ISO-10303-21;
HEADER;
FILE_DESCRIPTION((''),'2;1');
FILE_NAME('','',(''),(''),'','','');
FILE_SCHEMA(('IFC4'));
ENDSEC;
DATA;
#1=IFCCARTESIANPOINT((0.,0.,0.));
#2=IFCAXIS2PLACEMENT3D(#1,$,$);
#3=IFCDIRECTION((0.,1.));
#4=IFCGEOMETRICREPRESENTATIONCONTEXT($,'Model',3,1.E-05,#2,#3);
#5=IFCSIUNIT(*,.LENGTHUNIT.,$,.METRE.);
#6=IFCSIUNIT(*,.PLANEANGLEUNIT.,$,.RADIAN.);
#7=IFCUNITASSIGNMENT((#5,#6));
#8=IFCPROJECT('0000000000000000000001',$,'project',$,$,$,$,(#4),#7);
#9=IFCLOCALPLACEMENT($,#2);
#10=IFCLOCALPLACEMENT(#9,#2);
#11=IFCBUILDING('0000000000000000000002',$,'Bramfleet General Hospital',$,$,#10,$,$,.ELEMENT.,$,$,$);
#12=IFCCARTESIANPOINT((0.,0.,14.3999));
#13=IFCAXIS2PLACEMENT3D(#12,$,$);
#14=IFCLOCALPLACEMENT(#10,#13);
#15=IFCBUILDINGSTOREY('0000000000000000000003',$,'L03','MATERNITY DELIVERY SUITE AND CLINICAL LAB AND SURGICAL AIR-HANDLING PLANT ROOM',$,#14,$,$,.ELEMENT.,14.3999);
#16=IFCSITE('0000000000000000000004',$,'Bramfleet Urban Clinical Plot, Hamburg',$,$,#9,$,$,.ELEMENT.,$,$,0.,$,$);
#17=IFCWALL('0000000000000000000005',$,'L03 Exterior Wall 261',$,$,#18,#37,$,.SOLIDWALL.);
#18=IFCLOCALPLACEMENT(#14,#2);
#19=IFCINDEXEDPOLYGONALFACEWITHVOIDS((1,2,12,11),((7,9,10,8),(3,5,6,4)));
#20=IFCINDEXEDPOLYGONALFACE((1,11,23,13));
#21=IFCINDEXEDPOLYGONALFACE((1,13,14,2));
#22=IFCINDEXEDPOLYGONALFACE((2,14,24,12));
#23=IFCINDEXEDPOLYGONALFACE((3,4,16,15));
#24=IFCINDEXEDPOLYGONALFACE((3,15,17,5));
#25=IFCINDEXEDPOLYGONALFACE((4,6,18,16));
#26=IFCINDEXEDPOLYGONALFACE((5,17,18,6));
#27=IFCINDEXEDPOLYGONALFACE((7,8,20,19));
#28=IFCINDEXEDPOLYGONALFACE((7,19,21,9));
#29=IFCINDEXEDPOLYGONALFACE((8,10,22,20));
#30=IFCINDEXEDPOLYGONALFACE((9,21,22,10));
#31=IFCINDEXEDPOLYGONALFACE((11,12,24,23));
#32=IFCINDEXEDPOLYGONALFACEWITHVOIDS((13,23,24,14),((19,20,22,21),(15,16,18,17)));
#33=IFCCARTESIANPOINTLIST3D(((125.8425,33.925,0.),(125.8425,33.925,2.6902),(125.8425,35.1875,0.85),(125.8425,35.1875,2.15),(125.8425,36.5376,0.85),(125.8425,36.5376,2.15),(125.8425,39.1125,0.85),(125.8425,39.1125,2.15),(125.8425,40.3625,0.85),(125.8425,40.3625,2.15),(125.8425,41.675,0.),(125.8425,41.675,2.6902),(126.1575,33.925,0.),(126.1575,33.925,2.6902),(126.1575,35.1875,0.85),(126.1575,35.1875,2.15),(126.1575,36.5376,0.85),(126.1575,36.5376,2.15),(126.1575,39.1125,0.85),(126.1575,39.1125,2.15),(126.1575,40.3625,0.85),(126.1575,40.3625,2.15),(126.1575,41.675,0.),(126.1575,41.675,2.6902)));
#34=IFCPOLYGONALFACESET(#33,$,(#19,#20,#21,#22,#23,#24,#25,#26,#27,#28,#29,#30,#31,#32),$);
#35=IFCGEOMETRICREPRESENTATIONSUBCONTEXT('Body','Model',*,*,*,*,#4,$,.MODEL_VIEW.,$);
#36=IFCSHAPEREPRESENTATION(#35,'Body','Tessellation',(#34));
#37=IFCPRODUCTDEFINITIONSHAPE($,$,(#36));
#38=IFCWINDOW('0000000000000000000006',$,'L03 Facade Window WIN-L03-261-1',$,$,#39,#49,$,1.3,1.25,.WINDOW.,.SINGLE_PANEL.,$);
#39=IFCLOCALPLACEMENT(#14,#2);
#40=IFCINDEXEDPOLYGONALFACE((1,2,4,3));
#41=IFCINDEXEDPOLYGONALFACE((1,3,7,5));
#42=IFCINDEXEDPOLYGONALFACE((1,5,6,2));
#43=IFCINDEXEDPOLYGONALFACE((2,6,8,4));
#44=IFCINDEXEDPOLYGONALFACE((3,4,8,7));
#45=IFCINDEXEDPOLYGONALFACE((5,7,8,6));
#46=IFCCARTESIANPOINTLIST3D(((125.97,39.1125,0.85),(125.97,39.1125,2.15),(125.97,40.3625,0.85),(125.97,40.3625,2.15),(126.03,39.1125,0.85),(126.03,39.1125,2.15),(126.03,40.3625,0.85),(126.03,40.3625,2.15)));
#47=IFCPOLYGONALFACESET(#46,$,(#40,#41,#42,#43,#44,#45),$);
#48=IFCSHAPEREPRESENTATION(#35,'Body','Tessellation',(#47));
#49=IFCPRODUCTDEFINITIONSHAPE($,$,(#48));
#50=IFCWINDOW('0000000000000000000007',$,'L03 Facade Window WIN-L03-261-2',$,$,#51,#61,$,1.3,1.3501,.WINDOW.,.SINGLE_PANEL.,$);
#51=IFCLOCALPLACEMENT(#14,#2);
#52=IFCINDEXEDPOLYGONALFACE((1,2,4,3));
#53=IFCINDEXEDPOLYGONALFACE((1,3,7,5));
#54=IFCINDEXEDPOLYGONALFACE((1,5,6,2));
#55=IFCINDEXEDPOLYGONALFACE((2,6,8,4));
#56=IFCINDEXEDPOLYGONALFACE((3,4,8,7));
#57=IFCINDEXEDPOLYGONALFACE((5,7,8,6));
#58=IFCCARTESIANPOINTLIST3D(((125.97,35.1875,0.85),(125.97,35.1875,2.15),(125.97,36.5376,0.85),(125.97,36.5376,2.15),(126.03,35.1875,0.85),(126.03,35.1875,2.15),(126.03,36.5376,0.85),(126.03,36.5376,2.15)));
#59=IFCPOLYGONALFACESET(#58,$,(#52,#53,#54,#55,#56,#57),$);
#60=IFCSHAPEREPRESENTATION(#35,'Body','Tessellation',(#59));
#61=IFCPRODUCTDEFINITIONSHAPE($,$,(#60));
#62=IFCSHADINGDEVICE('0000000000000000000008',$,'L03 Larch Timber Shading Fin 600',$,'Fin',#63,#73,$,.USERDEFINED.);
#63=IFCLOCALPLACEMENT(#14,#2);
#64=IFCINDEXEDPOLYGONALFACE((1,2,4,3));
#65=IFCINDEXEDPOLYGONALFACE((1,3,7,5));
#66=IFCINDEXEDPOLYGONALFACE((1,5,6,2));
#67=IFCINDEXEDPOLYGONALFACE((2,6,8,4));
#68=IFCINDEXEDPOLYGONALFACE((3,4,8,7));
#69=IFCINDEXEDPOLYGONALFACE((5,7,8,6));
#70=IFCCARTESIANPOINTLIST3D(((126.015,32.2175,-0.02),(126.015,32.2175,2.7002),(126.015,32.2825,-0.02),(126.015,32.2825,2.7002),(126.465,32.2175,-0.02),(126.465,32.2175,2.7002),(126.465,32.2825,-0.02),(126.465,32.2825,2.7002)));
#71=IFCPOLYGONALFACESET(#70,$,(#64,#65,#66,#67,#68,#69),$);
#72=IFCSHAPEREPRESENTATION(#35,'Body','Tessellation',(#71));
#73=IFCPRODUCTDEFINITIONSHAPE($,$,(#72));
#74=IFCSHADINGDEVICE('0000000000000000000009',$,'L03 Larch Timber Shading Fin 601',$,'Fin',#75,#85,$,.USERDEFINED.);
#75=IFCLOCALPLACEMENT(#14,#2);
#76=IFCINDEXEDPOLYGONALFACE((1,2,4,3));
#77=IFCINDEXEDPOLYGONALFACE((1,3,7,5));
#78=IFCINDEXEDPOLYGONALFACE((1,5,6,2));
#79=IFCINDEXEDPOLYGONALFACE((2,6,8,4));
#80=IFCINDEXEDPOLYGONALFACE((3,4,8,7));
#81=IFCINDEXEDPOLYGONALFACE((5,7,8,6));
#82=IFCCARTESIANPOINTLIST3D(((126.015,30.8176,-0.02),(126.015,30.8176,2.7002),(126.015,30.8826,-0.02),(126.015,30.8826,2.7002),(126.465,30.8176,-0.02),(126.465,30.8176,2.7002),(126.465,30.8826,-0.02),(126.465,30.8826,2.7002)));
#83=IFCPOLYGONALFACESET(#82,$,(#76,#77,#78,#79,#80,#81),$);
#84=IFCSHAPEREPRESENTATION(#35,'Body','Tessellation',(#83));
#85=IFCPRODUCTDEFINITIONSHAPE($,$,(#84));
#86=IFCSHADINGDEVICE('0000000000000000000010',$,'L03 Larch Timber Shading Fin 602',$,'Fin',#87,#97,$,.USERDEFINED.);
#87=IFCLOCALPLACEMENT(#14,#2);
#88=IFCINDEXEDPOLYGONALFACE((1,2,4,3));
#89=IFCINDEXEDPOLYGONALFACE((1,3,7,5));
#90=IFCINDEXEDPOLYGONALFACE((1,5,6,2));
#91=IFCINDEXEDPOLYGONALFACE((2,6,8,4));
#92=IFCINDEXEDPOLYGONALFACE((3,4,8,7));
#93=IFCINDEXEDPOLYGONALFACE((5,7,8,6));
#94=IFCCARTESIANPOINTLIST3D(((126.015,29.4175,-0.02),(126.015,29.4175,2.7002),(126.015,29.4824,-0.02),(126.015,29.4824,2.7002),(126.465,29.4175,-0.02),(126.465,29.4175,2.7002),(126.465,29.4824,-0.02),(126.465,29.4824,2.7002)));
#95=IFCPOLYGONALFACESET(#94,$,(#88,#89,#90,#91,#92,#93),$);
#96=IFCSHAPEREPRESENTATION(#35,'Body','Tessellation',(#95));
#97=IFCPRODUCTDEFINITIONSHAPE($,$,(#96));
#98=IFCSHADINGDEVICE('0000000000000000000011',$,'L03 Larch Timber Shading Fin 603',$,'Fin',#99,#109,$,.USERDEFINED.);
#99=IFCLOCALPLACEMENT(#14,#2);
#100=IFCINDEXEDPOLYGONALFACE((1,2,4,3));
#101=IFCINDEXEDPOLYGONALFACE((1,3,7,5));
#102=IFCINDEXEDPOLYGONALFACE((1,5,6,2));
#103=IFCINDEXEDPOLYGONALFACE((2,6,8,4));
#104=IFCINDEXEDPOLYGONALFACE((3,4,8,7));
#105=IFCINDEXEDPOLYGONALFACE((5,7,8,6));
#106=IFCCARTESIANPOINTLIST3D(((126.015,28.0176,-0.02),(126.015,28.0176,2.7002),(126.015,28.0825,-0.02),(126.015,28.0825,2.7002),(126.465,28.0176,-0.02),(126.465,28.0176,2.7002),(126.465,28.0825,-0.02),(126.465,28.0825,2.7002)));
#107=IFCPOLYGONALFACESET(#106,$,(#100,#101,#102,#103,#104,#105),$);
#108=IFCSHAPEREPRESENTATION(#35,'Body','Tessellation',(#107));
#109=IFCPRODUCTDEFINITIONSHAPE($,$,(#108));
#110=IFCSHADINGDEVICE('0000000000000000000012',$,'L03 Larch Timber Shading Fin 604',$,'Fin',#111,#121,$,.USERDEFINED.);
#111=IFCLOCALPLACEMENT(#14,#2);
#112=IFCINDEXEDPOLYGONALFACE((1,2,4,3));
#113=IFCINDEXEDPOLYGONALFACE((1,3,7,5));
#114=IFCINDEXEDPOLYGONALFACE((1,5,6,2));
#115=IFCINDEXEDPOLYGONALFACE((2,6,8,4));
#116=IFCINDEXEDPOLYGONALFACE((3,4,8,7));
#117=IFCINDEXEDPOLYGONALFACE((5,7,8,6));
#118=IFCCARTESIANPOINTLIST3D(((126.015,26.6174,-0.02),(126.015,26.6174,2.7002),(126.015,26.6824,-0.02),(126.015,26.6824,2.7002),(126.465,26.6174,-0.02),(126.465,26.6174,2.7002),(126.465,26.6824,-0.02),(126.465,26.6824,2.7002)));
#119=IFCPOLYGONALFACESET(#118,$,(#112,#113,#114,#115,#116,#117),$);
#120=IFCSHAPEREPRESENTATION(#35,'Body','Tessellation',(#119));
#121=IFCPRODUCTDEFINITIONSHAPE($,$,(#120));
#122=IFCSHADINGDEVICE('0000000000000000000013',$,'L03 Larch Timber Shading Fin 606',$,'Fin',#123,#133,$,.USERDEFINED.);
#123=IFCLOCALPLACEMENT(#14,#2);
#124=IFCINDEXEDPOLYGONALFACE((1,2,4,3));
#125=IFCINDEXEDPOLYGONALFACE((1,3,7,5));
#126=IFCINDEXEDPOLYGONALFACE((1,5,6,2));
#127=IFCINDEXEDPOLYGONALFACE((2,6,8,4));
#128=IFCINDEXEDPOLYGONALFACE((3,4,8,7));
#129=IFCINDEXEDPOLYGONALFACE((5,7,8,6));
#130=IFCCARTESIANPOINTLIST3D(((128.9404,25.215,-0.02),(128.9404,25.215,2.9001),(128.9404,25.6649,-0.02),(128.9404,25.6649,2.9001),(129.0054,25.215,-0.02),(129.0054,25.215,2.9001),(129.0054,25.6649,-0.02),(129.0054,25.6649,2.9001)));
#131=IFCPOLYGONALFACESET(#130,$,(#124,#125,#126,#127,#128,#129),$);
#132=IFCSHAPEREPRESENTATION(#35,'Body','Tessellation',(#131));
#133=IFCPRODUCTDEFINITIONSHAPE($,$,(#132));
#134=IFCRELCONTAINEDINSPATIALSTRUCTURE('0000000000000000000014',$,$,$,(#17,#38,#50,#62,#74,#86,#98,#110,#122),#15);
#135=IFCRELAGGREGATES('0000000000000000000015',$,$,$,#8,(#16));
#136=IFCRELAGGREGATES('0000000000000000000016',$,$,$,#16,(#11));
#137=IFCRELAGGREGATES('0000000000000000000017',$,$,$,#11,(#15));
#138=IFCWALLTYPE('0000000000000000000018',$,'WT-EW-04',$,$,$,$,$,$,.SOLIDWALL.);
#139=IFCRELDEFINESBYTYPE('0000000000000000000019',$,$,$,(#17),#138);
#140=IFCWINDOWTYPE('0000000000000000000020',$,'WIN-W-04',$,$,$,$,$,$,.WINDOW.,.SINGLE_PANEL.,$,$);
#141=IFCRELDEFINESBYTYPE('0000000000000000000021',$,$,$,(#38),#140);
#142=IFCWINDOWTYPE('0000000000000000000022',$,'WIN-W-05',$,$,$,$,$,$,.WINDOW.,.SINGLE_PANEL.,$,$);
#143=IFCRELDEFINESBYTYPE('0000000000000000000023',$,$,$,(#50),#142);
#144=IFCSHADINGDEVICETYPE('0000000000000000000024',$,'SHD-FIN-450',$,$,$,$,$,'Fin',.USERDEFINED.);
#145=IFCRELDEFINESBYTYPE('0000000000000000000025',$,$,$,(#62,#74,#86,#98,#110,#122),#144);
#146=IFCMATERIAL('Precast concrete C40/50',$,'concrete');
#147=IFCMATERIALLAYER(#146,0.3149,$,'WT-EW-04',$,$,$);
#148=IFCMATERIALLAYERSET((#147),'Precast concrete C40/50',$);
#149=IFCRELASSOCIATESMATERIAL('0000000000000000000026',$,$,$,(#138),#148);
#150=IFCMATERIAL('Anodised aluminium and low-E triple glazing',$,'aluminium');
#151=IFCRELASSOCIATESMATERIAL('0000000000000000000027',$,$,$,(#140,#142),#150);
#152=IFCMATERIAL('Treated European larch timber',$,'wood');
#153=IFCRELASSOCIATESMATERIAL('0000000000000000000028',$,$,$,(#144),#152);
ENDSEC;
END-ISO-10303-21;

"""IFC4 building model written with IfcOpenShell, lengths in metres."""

from ifc_helpers import new_model, si_unit, direction, frame, frame_2d, origin, origin_2d, place, context, subcontext, project, spatial, rectangle, extrude, material, layer, layer_set, material_profile, profile_set, type_object, element, fill, save


model = new_model("IFC4")

# Units and contexts
model_context = context("Model", 3, precision=1e-05, world=origin(), true_north=direction((0.0, 1.0)))
body_context = subcontext(model_context, "Body", "Model", "MODEL_VIEW")
ifc_project = project(units=[si_unit("LENGTHUNIT", "METRE"), si_unit("PLANEANGLEUNIT", "RADIAN")], contexts=[model_context])

# Site, building, storey
site_placement = place(None, origin())
site = spatial("IfcSite", under=ifc_project, at=site_placement, Name="Bramfleet Urban Clinical Plot, Hamburg", CompositionType="ELEMENT", RefElevation=0.0)
building_placement = place(site_placement, origin())
building = spatial("IfcBuilding", under=site, at=building_placement, Name="Bramfleet General Hospital", CompositionType="ELEMENT")
storey_placement = place(building_placement, frame((0.0, 0.0, 14.3999)))
storey = spatial("IfcBuildingStorey", under=building, at=storey_placement, Name="L03", Description="MATERNITY DELIVERY SUITE AND CLINICAL LAB AND SURGICAL AIR-HANDLING PLANT ROOM", CompositionType="ELEMENT", Elevation=14.3999)

# Shared definitions
ifc_material_1 = material(Name="Anodised aluminium and low-E triple glazing", Category="aluminium")

# Wall, openings, windows
ifc_material_2 = material(Name="Precast concrete C40/50", Category="concrete")
ifc_layer_1 = layer(ifc_material_2, 0.3149, Name="WT-EW-04")
ifc_layer_set_1 = layer_set([ifc_layer_1], Name="Precast concrete C40/50")
wall_type = type_object("IfcWallType", Name="WT-EW-04", PredefinedType="SOLIDWALL", material=ifc_layer_set_1)
wall_placement = place(storey_placement, frame((126.0, 41.675, 0.0), z_axis=(0.0, 0.0, 1.0), x_axis=(0.0, -1.0, 0.0)))
wall = element("IfcWall", 1, at=wall_placement, inside=storey, type_object=wall_type, Name="L03 Exterior Wall 261", PredefinedType="SOLIDWALL", context=body_context, shape_type="SweptSolid", body=[
    extrude(rectangle(XDim=7.75, YDim=0.3149, at=frame_2d((3.875, 0.0))), origin(), (0.0, 0.0, 1.0), 2.6902),
])
opening_1_placement = place(wall_placement, frame((1.3125, 0.0, 0.8501)))
opening_1 = element("IfcOpeningElement", 2, at=opening_1_placement, cuts=wall, PredefinedType="OPENING", context=body_context, shape_type="SweptSolid", body=[
    extrude(rectangle(XDim=1.25, YDim=1.3, at=frame_2d((0.625, 0.6499))), frame((0.0, 0.1675, 0.0), z_axis=(0.0, -1.0, 0.0), x_axis=(1.0, 0.0, 0.0)), (0.0, 0.0, 1.0), 0.335),
])
opening_2_placement = place(wall_placement, frame((5.1375, 0.0, 0.8501)))
opening_2 = element("IfcOpeningElement", 3, at=opening_2_placement, cuts=wall, PredefinedType="OPENING", context=body_context, shape_type="SweptSolid", body=[
    extrude(rectangle(XDim=1.3501, YDim=1.3, at=frame_2d((0.675, 0.6499))), frame((0.0, 0.1675, 0.0), z_axis=(0.0, -1.0, 0.0), x_axis=(1.0, 0.0, 0.0)), (0.0, 0.0, 1.0), 0.335),
])
window_type_1 = type_object("IfcWindowType", Name="WIN-W-04", PartitioningType="SINGLE_PANEL", PredefinedType="WINDOW", material=ifc_material_1)
window_1_placement = place(opening_1_placement, origin())
window_1 = element("IfcWindow", 4, at=window_1_placement, inside=storey, type_object=window_type_1, Name="L03 Facade Window WIN-L03-261-1", OverallHeight=1.3, OverallWidth=1.25, PartitioningType="SINGLE_PANEL", PredefinedType="WINDOW", context=body_context, shape_type="SweptSolid", body=[
    extrude(rectangle(XDim=1.25, YDim=1.3, at=frame_2d((0.625, 0.6499))), frame((0.0, 0.03, 0.0), z_axis=(0.0, -1.0, 0.0), x_axis=(1.0, 0.0, 0.0)), (0.0, 0.0, 1.0), 0.0601),
])
fill(opening_1, window_1)
window_type_2 = type_object("IfcWindowType", Name="WIN-W-05", PartitioningType="SINGLE_PANEL", PredefinedType="WINDOW", material=ifc_material_1)
window_2_placement = place(opening_2_placement, origin())
window_2 = element("IfcWindow", 5, at=window_2_placement, inside=storey, type_object=window_type_2, Name="L03 Facade Window WIN-L03-261-2", OverallHeight=1.3, OverallWidth=1.3501, PartitioningType="SINGLE_PANEL", PredefinedType="WINDOW", context=body_context, shape_type="SweptSolid", body=[
    extrude(rectangle(XDim=1.3501, YDim=1.3, at=frame_2d((0.675, 0.6499))), frame((0.0, 0.03, 0.0), z_axis=(0.0, -1.0, 0.0), x_axis=(1.0, 0.0, 0.0)), (0.0, 0.0, 1.0), 0.0601),
])
fill(opening_2, window_2)

# Shading devices
ifc_material_3 = material(Name="Treated European larch timber", Category="wood")
ifc_material_profile_1 = material_profile(ifc_material_3, rectangle(XDim=0.0649, YDim=0.45, at=origin_2d()), Name="LARCH FIN 450x65")
ifc_profile_set_1 = profile_set([ifc_material_profile_1], Name="Treated European larch timber")
shading_device_type = type_object("IfcShadingDeviceType", Name="SHD-FIN-450", ElementType="Fin", PredefinedType="USERDEFINED", material=ifc_profile_set_1)
for number, where, z_axis, x_axis, name in (
    (6, (126.24, 32.25, -0.02), (0.0, 0.0, 1.0), (0.0, -1.0, 0.0), "L03 Larch Timber Shading Fin 600"),
    (7, (126.24, 30.8501, -0.02), (0.0, 0.0, 1.0), (0.0, -1.0, 0.0), "L03 Larch Timber Shading Fin 601"),
    (8, (126.24, 29.45, -0.02), (0.0, 0.0, 1.0), (0.0, -1.0, 0.0), "L03 Larch Timber Shading Fin 602"),
    (9, (126.24, 28.05, -0.02), (0.0, 0.0, 1.0), (0.0, -1.0, 0.0), "L03 Larch Timber Shading Fin 603"),
    (10, (126.24, 26.6499, -0.02), (0.0, 0.0, 1.0), (0.0, -1.0, 0.0), "L03 Larch Timber Shading Fin 604"),
):
    element("IfcShadingDevice", number, at=place(storey_placement, frame(where, z_axis=z_axis, x_axis=x_axis)), inside=storey, type_object=shading_device_type, Name=name, ObjectType="Fin", PredefinedType="USERDEFINED", context=body_context, shape_type="SweptSolid", body=[
        extrude(rectangle(XDim=0.0649, YDim=0.45, at=origin_2d()), origin(), (0.0, 0.0, 1.0), 2.7202),
    ])
shading_device_placement = place(storey_placement, frame((128.9729, 25.4399, -0.02), z_axis=(0.0, 0.0, 1.0), x_axis=(1.0, 0.0, 0.0)))
element("IfcShadingDevice", 11, at=shading_device_placement, inside=storey, type_object=shading_device_type, Name="L03 Larch Timber Shading Fin 606", ObjectType="Fin", PredefinedType="USERDEFINED", context=body_context, shape_type="SweptSolid", body=[
    extrude(rectangle(XDim=0.0649, YDim=0.45, at=origin_2d()), origin(), (0.0, 0.0, 1.0), 2.9202),
])

save(model, "model.ifc")
